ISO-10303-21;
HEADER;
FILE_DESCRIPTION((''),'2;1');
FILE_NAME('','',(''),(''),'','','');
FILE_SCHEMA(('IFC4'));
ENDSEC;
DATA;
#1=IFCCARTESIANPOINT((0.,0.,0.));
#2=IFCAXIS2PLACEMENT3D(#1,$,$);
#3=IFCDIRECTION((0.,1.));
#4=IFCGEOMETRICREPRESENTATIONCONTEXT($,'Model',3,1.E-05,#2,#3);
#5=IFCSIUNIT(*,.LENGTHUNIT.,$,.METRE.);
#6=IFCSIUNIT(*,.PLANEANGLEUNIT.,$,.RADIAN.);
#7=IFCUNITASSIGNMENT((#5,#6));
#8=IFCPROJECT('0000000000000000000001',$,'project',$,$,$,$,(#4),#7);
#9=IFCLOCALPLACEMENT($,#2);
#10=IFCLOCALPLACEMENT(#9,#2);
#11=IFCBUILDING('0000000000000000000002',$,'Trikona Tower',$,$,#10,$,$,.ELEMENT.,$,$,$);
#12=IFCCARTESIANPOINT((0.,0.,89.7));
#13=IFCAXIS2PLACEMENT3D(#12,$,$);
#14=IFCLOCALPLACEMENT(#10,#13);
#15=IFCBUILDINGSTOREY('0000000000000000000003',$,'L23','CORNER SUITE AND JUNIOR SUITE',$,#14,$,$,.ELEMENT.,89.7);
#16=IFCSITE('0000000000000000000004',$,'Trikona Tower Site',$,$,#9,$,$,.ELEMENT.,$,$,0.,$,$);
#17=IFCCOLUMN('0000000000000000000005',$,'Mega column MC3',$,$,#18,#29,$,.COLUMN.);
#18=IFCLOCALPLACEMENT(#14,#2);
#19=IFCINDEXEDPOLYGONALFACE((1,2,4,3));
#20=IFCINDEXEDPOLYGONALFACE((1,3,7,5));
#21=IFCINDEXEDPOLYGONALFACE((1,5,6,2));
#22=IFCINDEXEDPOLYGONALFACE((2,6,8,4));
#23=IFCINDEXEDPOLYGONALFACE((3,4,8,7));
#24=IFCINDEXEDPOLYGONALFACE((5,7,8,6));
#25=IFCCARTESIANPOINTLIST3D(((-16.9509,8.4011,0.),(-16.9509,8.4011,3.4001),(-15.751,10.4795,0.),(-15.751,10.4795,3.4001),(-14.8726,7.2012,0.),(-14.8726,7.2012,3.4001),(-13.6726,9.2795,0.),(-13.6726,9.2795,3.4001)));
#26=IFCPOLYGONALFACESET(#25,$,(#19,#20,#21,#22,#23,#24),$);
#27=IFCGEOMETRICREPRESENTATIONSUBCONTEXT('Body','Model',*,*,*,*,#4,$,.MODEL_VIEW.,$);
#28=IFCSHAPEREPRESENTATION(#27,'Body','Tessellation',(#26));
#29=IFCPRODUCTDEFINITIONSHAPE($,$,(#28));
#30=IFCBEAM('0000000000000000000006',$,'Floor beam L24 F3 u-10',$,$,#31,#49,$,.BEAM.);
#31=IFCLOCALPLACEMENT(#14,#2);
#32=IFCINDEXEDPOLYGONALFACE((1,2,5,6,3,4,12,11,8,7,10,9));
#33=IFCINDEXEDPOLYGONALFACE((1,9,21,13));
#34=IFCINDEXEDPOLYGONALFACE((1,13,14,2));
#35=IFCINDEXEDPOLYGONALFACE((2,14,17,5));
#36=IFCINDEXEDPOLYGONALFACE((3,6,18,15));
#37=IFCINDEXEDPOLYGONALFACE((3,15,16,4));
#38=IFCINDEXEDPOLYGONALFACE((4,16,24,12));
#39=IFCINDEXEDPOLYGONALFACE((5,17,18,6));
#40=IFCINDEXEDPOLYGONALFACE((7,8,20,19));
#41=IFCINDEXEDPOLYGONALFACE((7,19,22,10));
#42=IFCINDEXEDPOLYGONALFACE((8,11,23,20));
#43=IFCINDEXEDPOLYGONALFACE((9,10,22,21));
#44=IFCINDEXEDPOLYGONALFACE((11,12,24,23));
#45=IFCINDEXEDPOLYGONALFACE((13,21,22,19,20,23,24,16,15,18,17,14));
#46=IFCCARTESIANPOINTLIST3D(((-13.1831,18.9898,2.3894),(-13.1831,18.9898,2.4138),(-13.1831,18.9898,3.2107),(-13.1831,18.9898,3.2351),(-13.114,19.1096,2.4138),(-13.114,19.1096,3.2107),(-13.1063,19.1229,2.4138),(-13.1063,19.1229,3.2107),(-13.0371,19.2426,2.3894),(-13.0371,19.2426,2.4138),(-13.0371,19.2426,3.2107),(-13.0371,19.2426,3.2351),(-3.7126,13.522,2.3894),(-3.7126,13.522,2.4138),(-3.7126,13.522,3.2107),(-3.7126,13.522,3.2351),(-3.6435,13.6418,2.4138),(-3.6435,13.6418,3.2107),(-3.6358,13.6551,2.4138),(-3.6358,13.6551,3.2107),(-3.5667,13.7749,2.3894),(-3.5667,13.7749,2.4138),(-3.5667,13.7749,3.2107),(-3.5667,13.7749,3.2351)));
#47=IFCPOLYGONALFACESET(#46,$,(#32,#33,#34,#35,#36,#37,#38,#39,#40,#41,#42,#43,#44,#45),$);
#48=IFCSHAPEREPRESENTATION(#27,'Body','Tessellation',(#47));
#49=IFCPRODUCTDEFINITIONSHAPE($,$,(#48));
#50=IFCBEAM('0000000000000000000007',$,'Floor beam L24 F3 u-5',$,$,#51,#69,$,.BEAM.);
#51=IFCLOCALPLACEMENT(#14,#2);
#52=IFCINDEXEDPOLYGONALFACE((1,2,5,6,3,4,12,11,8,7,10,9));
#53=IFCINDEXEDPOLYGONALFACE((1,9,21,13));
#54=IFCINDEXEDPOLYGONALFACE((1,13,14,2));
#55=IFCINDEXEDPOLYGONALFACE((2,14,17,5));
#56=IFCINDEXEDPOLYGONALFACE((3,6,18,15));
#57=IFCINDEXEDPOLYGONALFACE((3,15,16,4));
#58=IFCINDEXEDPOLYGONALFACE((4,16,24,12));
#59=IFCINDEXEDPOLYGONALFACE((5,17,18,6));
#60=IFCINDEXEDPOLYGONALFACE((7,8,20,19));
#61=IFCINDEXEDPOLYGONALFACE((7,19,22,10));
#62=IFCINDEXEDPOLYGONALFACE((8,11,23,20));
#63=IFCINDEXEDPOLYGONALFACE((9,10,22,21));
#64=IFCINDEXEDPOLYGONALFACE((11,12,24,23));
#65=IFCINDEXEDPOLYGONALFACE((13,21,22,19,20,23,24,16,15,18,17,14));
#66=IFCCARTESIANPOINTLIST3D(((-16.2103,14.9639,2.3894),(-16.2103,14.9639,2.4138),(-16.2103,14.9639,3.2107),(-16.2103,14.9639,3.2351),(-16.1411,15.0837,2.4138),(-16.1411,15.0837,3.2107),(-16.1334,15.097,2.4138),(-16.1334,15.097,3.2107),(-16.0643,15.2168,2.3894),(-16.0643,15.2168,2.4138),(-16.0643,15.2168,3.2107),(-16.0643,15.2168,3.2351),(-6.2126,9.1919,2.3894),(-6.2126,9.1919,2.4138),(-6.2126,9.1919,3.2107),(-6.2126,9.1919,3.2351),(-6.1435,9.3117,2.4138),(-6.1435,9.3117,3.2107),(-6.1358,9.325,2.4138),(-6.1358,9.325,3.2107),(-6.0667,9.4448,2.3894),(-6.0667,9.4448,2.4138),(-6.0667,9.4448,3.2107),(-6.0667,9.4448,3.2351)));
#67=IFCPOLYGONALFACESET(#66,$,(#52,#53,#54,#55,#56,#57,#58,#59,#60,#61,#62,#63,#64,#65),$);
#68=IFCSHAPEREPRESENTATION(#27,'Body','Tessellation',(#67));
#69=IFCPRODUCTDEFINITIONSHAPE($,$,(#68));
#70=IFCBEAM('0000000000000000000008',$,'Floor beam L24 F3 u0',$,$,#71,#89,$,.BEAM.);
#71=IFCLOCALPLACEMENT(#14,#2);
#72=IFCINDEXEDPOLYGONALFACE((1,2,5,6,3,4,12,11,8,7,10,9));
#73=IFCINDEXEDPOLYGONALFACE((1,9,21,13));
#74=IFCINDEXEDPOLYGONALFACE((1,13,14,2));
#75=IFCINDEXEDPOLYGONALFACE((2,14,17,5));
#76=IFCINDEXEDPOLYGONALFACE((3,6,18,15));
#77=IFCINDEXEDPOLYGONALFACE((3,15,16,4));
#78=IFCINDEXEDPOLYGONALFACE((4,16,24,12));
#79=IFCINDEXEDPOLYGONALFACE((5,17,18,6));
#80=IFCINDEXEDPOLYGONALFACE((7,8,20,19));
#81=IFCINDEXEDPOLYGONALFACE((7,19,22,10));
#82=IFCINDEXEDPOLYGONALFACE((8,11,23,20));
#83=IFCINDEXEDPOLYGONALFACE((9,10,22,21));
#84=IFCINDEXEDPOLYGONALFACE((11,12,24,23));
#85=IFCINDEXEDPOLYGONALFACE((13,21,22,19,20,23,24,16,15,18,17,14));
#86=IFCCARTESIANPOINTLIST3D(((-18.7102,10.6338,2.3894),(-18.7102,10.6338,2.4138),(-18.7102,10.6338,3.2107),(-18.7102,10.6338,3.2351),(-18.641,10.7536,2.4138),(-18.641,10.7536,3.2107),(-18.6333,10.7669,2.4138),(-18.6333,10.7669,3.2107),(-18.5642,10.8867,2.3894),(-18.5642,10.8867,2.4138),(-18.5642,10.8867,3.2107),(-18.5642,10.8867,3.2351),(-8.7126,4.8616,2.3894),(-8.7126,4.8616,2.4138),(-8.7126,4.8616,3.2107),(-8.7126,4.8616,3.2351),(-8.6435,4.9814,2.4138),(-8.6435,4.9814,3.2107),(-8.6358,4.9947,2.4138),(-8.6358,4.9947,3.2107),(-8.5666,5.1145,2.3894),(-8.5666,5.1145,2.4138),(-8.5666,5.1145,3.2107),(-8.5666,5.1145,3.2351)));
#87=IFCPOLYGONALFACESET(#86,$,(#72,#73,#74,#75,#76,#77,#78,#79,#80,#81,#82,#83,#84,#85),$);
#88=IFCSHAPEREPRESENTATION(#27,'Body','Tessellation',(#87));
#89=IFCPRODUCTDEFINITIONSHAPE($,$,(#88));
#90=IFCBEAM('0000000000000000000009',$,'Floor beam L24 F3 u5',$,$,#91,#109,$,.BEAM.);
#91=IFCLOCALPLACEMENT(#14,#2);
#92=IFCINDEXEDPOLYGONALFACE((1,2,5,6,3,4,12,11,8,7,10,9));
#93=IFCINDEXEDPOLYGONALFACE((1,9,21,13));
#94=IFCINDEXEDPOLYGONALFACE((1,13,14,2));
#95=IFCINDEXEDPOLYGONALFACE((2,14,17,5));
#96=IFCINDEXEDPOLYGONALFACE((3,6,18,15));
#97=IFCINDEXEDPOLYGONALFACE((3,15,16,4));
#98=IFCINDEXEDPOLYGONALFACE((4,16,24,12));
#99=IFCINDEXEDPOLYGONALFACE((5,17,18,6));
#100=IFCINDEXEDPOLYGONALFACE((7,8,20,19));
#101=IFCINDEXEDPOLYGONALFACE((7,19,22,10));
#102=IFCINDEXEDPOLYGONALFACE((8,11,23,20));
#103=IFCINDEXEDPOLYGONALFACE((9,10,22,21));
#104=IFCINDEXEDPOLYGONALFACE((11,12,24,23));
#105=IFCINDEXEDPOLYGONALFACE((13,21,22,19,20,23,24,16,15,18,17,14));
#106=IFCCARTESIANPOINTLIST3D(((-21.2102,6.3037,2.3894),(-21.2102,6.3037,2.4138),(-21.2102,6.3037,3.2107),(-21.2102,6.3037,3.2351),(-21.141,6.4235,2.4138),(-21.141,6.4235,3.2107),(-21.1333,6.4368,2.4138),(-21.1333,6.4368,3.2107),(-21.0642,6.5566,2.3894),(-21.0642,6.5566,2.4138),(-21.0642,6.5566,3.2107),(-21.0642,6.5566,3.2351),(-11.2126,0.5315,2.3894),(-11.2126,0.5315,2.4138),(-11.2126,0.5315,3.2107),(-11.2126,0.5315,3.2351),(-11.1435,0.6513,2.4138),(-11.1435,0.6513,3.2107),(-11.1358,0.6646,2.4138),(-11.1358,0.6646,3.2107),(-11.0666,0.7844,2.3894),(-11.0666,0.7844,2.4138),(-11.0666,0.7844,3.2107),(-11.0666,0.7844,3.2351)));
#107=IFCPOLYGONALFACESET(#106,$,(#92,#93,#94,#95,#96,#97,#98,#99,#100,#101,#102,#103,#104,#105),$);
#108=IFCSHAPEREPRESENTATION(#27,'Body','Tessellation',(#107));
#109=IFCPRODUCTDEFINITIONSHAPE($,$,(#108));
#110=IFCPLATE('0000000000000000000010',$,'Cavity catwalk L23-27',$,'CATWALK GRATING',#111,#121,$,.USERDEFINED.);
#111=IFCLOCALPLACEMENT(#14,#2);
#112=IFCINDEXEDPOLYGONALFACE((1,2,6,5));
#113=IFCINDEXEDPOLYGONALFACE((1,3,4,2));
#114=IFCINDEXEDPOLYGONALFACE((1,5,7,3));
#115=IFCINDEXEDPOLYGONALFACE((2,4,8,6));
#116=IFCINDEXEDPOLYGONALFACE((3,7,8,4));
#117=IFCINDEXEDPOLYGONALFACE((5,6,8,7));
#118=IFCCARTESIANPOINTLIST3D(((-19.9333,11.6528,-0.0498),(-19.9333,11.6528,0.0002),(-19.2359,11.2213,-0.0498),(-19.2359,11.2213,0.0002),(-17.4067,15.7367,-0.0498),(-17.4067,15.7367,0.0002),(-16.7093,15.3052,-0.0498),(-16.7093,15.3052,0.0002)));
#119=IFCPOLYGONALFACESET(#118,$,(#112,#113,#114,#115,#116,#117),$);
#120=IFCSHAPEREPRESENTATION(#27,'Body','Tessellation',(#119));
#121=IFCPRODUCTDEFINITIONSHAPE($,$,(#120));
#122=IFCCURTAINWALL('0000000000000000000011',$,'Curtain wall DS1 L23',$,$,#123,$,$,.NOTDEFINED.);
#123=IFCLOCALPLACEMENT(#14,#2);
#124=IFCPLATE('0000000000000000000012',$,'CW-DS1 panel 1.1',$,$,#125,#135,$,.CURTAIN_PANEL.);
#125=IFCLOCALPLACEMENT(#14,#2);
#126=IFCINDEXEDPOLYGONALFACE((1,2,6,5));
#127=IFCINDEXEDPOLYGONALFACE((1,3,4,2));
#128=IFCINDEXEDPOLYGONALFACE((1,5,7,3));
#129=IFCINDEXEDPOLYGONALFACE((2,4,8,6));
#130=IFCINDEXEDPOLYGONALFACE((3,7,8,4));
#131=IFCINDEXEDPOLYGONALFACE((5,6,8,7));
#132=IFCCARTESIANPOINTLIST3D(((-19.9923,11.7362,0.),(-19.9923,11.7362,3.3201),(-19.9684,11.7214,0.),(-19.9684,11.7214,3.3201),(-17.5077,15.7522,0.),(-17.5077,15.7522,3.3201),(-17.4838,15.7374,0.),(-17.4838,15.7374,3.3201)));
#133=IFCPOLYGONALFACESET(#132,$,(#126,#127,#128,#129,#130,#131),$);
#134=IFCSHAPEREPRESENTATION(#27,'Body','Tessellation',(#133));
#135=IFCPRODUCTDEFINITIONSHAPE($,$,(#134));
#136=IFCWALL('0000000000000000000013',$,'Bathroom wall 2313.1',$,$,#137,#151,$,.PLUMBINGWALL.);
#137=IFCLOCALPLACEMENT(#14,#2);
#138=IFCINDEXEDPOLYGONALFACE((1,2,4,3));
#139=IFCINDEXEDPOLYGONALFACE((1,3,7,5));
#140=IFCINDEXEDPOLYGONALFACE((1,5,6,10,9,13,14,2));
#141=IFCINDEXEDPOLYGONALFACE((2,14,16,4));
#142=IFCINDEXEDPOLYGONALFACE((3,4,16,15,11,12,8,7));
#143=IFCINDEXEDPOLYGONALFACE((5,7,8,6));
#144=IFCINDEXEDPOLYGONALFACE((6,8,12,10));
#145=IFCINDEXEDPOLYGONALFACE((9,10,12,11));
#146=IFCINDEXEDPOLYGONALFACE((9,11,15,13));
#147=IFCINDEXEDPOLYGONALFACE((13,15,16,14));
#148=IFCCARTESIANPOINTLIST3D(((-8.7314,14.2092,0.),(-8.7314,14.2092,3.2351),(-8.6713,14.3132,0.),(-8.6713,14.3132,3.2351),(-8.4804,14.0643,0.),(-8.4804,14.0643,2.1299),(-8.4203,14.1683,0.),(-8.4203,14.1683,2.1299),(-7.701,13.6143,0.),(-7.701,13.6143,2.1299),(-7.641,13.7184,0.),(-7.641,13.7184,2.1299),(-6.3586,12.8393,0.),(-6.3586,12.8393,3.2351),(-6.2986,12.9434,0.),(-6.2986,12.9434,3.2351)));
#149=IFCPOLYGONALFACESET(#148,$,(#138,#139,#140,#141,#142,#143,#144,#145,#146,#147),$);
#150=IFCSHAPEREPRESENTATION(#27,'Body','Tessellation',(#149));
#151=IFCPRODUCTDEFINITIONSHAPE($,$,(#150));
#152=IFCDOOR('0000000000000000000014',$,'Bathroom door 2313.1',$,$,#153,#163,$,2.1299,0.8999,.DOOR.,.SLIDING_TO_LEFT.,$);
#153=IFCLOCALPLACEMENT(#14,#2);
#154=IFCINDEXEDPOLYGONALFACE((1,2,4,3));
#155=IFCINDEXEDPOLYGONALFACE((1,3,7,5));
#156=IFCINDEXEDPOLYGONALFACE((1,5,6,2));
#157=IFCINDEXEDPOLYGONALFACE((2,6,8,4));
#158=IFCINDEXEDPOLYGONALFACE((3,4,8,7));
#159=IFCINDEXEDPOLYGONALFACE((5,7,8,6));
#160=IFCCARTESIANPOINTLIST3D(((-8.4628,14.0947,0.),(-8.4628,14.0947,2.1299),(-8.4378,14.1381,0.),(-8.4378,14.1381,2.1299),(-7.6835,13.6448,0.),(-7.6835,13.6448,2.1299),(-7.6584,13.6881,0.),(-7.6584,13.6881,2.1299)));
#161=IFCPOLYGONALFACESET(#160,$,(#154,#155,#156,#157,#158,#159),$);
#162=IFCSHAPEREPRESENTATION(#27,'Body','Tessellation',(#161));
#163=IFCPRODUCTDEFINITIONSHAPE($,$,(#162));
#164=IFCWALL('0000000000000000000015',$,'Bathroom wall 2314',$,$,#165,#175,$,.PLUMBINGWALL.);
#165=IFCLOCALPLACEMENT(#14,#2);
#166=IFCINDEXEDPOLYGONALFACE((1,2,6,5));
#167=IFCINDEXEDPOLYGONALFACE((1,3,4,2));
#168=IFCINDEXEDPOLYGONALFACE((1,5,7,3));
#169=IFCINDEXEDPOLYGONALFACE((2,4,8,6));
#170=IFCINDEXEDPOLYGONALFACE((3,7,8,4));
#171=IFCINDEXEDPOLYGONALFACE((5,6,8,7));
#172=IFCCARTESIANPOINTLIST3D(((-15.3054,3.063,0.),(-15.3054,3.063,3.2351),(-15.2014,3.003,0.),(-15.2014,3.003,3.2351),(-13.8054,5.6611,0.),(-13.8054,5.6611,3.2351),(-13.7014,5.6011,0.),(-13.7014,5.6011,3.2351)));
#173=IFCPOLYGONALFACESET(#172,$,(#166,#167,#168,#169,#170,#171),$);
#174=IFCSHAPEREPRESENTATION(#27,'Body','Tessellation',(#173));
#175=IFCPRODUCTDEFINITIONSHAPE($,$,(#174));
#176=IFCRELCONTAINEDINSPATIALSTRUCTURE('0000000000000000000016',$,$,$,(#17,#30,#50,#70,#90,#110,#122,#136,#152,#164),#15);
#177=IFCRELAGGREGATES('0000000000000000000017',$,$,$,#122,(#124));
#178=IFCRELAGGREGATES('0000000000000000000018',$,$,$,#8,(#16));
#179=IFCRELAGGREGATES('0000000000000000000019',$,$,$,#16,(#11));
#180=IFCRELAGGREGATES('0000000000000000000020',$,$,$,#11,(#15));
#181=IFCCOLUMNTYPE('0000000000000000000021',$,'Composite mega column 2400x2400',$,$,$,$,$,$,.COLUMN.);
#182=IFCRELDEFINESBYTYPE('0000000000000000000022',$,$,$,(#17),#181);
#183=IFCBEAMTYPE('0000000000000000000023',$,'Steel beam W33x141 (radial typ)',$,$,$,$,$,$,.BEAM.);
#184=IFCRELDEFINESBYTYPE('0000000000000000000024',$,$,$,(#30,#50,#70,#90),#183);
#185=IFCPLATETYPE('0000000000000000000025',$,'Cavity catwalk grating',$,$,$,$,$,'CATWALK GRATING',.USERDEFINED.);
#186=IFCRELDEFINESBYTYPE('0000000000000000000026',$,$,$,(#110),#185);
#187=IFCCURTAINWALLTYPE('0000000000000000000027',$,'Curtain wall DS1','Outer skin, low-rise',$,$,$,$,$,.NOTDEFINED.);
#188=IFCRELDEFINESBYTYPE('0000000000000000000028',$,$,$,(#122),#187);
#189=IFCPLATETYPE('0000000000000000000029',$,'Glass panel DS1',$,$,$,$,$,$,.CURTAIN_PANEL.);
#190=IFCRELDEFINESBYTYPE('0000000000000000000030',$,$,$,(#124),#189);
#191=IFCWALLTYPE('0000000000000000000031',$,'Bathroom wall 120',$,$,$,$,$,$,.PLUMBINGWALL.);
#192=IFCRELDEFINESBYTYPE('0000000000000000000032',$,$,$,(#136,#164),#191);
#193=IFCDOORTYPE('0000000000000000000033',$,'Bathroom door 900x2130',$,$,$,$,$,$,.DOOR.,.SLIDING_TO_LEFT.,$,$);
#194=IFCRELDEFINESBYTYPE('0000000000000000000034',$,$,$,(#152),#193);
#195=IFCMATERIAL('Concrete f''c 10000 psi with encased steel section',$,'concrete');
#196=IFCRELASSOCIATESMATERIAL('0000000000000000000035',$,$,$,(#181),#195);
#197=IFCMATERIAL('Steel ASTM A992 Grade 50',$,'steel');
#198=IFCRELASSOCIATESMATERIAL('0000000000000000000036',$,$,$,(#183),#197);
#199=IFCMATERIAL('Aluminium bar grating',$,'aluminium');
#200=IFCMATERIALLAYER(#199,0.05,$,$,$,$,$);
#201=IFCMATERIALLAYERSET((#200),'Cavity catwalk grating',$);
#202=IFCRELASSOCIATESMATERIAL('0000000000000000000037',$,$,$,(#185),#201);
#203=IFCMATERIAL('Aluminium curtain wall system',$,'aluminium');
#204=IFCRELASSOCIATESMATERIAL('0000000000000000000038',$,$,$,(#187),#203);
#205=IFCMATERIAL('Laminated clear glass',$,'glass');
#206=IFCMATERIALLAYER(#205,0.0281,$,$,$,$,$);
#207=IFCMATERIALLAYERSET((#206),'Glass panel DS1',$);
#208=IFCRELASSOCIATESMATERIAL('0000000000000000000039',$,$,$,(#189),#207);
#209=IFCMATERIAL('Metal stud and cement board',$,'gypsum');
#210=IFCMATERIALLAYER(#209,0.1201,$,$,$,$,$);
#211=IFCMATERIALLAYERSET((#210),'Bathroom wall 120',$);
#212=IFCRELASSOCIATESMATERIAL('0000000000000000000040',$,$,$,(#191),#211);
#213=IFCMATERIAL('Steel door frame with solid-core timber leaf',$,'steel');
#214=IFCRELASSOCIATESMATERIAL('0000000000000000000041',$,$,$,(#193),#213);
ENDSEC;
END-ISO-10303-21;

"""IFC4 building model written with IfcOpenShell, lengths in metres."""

from ifc_helpers import new_model, si_unit, direction, frame, frame_2d, origin, origin_2d, place, context, subcontext, project, spatial, rectangle, i_section, extrude, material, layer, layer_set, material_profile, profile_set, type_object, element, fill, aggregate, save


model = new_model("IFC4")

# Units and contexts
model_context = context("Model", 3, precision=1e-05, world=origin(), true_north=direction((0.0, 1.0)))
body_context = subcontext(model_context, "Body", "Model", "MODEL_VIEW")
ifc_project = project(units=[si_unit("LENGTHUNIT", "METRE"), si_unit("PLANEANGLEUNIT", "RADIAN")], contexts=[model_context])

# Site, building, storey
site_placement = place(None, origin())
site = spatial("IfcSite", under=ifc_project, at=site_placement, Name="Trikona Tower Site", CompositionType="ELEMENT", RefElevation=0.0)
building_placement = place(site_placement, origin())
building = spatial("IfcBuilding", under=site, at=building_placement, Name="Trikona Tower", CompositionType="ELEMENT")
storey_placement = place(building_placement, frame((0.0, 0.0, 89.7)))
storey = spatial("IfcBuildingStorey", under=building, at=storey_placement, Name="L23", Description="CORNER SUITE AND JUNIOR SUITE", CompositionType="ELEMENT", Elevation=89.7)

# Column
ifc_material_1 = material(Name="Concrete f'c 10000 psi with encased steel section", Category="concrete")
ifc_material_profile_1 = material_profile(ifc_material_1, rectangle(XDim=2.3999, YDim=2.3999, at=origin_2d()), Name="MC2400")
ifc_profile_set_1 = profile_set([ifc_material_profile_1], Name="Concrete f'c 10000 psi with encased steel section")
column_type = type_object("IfcColumnType", Name="Composite mega column 2400x2400", PredefinedType="COLUMN", material=ifc_profile_set_1)
column_placement = place(storey_placement, frame((-15.3118, 8.8403, 0.0), z_axis=(0.0, 0.0, 1.0), x_axis=(-0.866025, 0.5, 0.0)))
element("IfcColumn", 1, at=column_placement, inside=storey, type_object=column_type, Name="Mega column MC3", PredefinedType="COLUMN", context=body_context, shape_type="SweptSolid", body=[
    extrude(rectangle(XDim=2.3999, YDim=2.3999, at=origin_2d()), origin(), (0.0, 0.0, 1.0), 3.4001),
])

# Beams
ifc_material_2 = material(Name="Steel ASTM A992 Grade 50", Category="steel")
ifc_material_profile_2 = material_profile(ifc_material_2, i_section(OverallWidth=0.292, OverallDepth=0.8457, WebThickness=0.0154, FlangeThickness=0.0244, at=origin_2d()), Name="W33X141")
ifc_profile_set_2 = profile_set([ifc_material_profile_2], Name="Steel ASTM A992 Grade 50")
beam_type = type_object("IfcBeamType", Name="Steel beam W33x141 (radial typ)", PredefinedType="BEAM", material=ifc_profile_set_2)
beam_placement = place(storey_placement, frame((-3.6396, 13.6484, 2.8123), z_axis=(-0.866025, 0.5, 0.0), x_axis=(-0.5, -0.866025, 0.0)))
element("IfcBeam", 2, at=beam_placement, inside=storey, type_object=beam_type, Name="Floor beam L24 F3 u-10", PredefinedType="BEAM", context=body_context, shape_type="SweptSolid", body=[
    extrude(i_section(OverallWidth=0.292, OverallDepth=0.8457, WebThickness=0.0154, FlangeThickness=0.0244, at=origin_2d()), origin(), (0.0, 0.0, 1.0), 10.9355),
])
for number, where, z_axis, x_axis, name in (
    (3, (-6.1396, 9.3184, 2.8123), (-0.86603, 0.499992, 0.0), (-0.499992, -0.86603, 0.0), "Floor beam L24 F3 u-5"),
    (4, (-8.6396, 4.988, 2.8123), (-0.866021, 0.500008, 0.0), (-0.500008, -0.866021, 0.0), "Floor beam L24 F3 u0"),
    (5, (-11.1396, 0.658, 2.8123), (-0.866021, 0.500008, 0.0), (-0.500008, -0.866021, 0.0), "Floor beam L24 F3 u5"),
):
    element("IfcBeam", number, at=place(storey_placement, frame(where, z_axis=z_axis, x_axis=x_axis)), inside=storey, type_object=beam_type, Name=name, PredefinedType="BEAM", context=body_context, shape_type="SweptSolid", body=[
        extrude(i_section(OverallWidth=0.292, OverallDepth=0.8457, WebThickness=0.0154, FlangeThickness=0.0244, at=origin_2d()), origin(), (0.0, 0.0, 1.0), 11.5442),
    ])

# Plate
ifc_material_3 = material(Name="Aluminium bar grating", Category="aluminium")
ifc_layer_1 = layer(ifc_material_3, 0.05)
ifc_layer_set_1 = layer_set([ifc_layer_1], Name="Cavity catwalk grating")
plate_type_1 = type_object("IfcPlateType", Name="Cavity catwalk grating", ElementType="CATWALK GRATING", PredefinedType="USERDEFINED", material=ifc_layer_set_1)
plate_1_placement = place(storey_placement, frame((-18.3213, 13.479, -0.0498), z_axis=(0.0, 0.0, 1.0), x_axis=(-0.526119, -0.850411, 0.0)))
element("IfcPlate", 6, at=plate_1_placement, inside=storey, type_object=plate_type_1, Name="Cavity catwalk L23-27", ObjectType="CATWALK GRATING", PredefinedType="USERDEFINED", context=body_context, shape_type="SweptSolid", body=[
    extrude(rectangle(XDim=4.8022, YDim=0.8201, at=origin_2d()), origin(), (0.0, 0.0, 1.0), 0.05),
])

# Curtain wall, plate
ifc_material_4 = material(Name="Aluminium curtain wall system", Category="aluminium")
curtain_wall_type = type_object("IfcCurtainWallType", Name="Curtain wall DS1", Description="Outer skin, low-rise", PredefinedType="NOTDEFINED", material=ifc_material_4)
curtain_wall_placement = place(storey_placement, origin())
curtain_wall = element("IfcCurtainWall", 7, at=curtain_wall_placement, inside=storey, type_object=curtain_wall_type, Name="Curtain wall DS1 L23", PredefinedType="NOTDEFINED")
ifc_material_5 = material(Name="Laminated clear glass", Category="glass")
ifc_layer_2 = layer(ifc_material_5, 0.0281)
ifc_layer_set_2 = layer_set([ifc_layer_2], Name="Glass panel DS1")
plate_type_2 = type_object("IfcPlateType", Name="Glass panel DS1", PredefinedType="CURTAIN_PANEL", material=ifc_layer_set_2)
plate_2_placement = place(storey_placement, frame((-18.738, 13.7368, 0.0), z_axis=(0.0, 0.0, 1.0), x_axis=(-0.52612, -0.85041, 0.0)))
plate_2 = element("IfcPlate", 8, at=plate_2_placement, type_object=plate_type_2, Name="CW-DS1 panel 1.1", PredefinedType="CURTAIN_PANEL", context=body_context, shape_type="SweptSolid", body=[
    extrude(rectangle(XDim=4.7224, YDim=0.0281, at=origin_2d()), origin(), (0.0, 0.0, 1.0), 3.3201),
])
aggregate(curtain_wall, [plate_2])

# Wall, opening, door
ifc_material_6 = material(Name="Metal stud and cement board", Category="gypsum")
ifc_layer_3 = layer(ifc_material_6, 0.1201)
ifc_layer_set_3 = layer_set([ifc_layer_3], Name="Bathroom wall 120")
wall_type_1 = type_object("IfcWallType", Name="Bathroom wall 120", PredefinedType="PLUMBINGWALL", material=ifc_layer_set_3)
wall_1_placement = place(storey_placement, frame((-6.3286, 12.8914, 0.0), z_axis=(0.0, 0.0, 1.0), x_axis=(-0.866036, 0.499982, 0.0)))
wall_1 = element("IfcWall", 9, at=wall_1_placement, inside=storey, type_object=wall_type_1, Name="Bathroom wall 2313.1", PredefinedType="PLUMBINGWALL", context=body_context, shape_type="SweptSolid", body=[
    extrude(rectangle(XDim=2.7397, YDim=0.1201, at=frame_2d((1.3699, 0.0))), origin(), (0.0, 0.0, 1.0), 3.2351),
])
opening_1_placement = place(wall_1_placement, frame((1.55, 0.0, 0.0)))
opening_1 = element("IfcOpeningElement", 10, at=opening_1_placement, cuts=wall_1, PredefinedType="OPENING", context=body_context, shape_type="SweptSolid", body=[
    extrude(rectangle(XDim=0.8999, YDim=2.1299, at=frame_2d((0.45, 1.0649))), frame((0.0, 0.0701, 0.0), z_axis=(0.0, -1.0, 0.0), x_axis=(1.0, 0.0, 0.0)), (0.0, 0.0, 1.0), 0.1401),
])
ifc_material_7 = material(Name="Steel door frame with solid-core timber leaf", Category="steel")
door_type_1 = type_object("IfcDoorType", Name="Bathroom door 900x2130", OperationType="SLIDING_TO_LEFT", PredefinedType="DOOR", material=ifc_material_7)
door_1_placement = place(opening_1_placement, origin())
door_1 = element("IfcDoor", 11, at=door_1_placement, inside=storey, type_object=door_type_1, Name="Bathroom door 2313.1", OperationType="SLIDING_TO_LEFT", OverallHeight=2.1299, OverallWidth=0.8999, PredefinedType="DOOR", context=body_context, shape_type="SweptSolid", body=[
    extrude(rectangle(XDim=0.8999, YDim=2.1299, at=frame_2d((0.45, 1.0649))), frame((0.0, 0.0249, 0.0), z_axis=(0.0, -1.0, 0.0), x_axis=(1.0, 0.0, 0.0)), (0.0, 0.0, 1.0), 0.05),
])
fill(opening_1, door_1)

# Wall
wall_2_placement = place(storey_placement, frame((-13.7534, 5.6311, 0.0), z_axis=(0.0, 0.0, 1.0), x_axis=(-0.49999, -0.866031, 0.0)))
element("IfcWall", 12, at=wall_2_placement, inside=storey, type_object=wall_type_1, Name="Bathroom wall 2314", PredefinedType="PLUMBINGWALL", context=body_context, shape_type="SweptSolid", body=[
    extrude(rectangle(XDim=3.0, YDim=0.1201, at=frame_2d((1.5, 0.0))), origin(), (0.0, 0.0, 1.0), 3.2351),
])

save(model, "model.ifc")
